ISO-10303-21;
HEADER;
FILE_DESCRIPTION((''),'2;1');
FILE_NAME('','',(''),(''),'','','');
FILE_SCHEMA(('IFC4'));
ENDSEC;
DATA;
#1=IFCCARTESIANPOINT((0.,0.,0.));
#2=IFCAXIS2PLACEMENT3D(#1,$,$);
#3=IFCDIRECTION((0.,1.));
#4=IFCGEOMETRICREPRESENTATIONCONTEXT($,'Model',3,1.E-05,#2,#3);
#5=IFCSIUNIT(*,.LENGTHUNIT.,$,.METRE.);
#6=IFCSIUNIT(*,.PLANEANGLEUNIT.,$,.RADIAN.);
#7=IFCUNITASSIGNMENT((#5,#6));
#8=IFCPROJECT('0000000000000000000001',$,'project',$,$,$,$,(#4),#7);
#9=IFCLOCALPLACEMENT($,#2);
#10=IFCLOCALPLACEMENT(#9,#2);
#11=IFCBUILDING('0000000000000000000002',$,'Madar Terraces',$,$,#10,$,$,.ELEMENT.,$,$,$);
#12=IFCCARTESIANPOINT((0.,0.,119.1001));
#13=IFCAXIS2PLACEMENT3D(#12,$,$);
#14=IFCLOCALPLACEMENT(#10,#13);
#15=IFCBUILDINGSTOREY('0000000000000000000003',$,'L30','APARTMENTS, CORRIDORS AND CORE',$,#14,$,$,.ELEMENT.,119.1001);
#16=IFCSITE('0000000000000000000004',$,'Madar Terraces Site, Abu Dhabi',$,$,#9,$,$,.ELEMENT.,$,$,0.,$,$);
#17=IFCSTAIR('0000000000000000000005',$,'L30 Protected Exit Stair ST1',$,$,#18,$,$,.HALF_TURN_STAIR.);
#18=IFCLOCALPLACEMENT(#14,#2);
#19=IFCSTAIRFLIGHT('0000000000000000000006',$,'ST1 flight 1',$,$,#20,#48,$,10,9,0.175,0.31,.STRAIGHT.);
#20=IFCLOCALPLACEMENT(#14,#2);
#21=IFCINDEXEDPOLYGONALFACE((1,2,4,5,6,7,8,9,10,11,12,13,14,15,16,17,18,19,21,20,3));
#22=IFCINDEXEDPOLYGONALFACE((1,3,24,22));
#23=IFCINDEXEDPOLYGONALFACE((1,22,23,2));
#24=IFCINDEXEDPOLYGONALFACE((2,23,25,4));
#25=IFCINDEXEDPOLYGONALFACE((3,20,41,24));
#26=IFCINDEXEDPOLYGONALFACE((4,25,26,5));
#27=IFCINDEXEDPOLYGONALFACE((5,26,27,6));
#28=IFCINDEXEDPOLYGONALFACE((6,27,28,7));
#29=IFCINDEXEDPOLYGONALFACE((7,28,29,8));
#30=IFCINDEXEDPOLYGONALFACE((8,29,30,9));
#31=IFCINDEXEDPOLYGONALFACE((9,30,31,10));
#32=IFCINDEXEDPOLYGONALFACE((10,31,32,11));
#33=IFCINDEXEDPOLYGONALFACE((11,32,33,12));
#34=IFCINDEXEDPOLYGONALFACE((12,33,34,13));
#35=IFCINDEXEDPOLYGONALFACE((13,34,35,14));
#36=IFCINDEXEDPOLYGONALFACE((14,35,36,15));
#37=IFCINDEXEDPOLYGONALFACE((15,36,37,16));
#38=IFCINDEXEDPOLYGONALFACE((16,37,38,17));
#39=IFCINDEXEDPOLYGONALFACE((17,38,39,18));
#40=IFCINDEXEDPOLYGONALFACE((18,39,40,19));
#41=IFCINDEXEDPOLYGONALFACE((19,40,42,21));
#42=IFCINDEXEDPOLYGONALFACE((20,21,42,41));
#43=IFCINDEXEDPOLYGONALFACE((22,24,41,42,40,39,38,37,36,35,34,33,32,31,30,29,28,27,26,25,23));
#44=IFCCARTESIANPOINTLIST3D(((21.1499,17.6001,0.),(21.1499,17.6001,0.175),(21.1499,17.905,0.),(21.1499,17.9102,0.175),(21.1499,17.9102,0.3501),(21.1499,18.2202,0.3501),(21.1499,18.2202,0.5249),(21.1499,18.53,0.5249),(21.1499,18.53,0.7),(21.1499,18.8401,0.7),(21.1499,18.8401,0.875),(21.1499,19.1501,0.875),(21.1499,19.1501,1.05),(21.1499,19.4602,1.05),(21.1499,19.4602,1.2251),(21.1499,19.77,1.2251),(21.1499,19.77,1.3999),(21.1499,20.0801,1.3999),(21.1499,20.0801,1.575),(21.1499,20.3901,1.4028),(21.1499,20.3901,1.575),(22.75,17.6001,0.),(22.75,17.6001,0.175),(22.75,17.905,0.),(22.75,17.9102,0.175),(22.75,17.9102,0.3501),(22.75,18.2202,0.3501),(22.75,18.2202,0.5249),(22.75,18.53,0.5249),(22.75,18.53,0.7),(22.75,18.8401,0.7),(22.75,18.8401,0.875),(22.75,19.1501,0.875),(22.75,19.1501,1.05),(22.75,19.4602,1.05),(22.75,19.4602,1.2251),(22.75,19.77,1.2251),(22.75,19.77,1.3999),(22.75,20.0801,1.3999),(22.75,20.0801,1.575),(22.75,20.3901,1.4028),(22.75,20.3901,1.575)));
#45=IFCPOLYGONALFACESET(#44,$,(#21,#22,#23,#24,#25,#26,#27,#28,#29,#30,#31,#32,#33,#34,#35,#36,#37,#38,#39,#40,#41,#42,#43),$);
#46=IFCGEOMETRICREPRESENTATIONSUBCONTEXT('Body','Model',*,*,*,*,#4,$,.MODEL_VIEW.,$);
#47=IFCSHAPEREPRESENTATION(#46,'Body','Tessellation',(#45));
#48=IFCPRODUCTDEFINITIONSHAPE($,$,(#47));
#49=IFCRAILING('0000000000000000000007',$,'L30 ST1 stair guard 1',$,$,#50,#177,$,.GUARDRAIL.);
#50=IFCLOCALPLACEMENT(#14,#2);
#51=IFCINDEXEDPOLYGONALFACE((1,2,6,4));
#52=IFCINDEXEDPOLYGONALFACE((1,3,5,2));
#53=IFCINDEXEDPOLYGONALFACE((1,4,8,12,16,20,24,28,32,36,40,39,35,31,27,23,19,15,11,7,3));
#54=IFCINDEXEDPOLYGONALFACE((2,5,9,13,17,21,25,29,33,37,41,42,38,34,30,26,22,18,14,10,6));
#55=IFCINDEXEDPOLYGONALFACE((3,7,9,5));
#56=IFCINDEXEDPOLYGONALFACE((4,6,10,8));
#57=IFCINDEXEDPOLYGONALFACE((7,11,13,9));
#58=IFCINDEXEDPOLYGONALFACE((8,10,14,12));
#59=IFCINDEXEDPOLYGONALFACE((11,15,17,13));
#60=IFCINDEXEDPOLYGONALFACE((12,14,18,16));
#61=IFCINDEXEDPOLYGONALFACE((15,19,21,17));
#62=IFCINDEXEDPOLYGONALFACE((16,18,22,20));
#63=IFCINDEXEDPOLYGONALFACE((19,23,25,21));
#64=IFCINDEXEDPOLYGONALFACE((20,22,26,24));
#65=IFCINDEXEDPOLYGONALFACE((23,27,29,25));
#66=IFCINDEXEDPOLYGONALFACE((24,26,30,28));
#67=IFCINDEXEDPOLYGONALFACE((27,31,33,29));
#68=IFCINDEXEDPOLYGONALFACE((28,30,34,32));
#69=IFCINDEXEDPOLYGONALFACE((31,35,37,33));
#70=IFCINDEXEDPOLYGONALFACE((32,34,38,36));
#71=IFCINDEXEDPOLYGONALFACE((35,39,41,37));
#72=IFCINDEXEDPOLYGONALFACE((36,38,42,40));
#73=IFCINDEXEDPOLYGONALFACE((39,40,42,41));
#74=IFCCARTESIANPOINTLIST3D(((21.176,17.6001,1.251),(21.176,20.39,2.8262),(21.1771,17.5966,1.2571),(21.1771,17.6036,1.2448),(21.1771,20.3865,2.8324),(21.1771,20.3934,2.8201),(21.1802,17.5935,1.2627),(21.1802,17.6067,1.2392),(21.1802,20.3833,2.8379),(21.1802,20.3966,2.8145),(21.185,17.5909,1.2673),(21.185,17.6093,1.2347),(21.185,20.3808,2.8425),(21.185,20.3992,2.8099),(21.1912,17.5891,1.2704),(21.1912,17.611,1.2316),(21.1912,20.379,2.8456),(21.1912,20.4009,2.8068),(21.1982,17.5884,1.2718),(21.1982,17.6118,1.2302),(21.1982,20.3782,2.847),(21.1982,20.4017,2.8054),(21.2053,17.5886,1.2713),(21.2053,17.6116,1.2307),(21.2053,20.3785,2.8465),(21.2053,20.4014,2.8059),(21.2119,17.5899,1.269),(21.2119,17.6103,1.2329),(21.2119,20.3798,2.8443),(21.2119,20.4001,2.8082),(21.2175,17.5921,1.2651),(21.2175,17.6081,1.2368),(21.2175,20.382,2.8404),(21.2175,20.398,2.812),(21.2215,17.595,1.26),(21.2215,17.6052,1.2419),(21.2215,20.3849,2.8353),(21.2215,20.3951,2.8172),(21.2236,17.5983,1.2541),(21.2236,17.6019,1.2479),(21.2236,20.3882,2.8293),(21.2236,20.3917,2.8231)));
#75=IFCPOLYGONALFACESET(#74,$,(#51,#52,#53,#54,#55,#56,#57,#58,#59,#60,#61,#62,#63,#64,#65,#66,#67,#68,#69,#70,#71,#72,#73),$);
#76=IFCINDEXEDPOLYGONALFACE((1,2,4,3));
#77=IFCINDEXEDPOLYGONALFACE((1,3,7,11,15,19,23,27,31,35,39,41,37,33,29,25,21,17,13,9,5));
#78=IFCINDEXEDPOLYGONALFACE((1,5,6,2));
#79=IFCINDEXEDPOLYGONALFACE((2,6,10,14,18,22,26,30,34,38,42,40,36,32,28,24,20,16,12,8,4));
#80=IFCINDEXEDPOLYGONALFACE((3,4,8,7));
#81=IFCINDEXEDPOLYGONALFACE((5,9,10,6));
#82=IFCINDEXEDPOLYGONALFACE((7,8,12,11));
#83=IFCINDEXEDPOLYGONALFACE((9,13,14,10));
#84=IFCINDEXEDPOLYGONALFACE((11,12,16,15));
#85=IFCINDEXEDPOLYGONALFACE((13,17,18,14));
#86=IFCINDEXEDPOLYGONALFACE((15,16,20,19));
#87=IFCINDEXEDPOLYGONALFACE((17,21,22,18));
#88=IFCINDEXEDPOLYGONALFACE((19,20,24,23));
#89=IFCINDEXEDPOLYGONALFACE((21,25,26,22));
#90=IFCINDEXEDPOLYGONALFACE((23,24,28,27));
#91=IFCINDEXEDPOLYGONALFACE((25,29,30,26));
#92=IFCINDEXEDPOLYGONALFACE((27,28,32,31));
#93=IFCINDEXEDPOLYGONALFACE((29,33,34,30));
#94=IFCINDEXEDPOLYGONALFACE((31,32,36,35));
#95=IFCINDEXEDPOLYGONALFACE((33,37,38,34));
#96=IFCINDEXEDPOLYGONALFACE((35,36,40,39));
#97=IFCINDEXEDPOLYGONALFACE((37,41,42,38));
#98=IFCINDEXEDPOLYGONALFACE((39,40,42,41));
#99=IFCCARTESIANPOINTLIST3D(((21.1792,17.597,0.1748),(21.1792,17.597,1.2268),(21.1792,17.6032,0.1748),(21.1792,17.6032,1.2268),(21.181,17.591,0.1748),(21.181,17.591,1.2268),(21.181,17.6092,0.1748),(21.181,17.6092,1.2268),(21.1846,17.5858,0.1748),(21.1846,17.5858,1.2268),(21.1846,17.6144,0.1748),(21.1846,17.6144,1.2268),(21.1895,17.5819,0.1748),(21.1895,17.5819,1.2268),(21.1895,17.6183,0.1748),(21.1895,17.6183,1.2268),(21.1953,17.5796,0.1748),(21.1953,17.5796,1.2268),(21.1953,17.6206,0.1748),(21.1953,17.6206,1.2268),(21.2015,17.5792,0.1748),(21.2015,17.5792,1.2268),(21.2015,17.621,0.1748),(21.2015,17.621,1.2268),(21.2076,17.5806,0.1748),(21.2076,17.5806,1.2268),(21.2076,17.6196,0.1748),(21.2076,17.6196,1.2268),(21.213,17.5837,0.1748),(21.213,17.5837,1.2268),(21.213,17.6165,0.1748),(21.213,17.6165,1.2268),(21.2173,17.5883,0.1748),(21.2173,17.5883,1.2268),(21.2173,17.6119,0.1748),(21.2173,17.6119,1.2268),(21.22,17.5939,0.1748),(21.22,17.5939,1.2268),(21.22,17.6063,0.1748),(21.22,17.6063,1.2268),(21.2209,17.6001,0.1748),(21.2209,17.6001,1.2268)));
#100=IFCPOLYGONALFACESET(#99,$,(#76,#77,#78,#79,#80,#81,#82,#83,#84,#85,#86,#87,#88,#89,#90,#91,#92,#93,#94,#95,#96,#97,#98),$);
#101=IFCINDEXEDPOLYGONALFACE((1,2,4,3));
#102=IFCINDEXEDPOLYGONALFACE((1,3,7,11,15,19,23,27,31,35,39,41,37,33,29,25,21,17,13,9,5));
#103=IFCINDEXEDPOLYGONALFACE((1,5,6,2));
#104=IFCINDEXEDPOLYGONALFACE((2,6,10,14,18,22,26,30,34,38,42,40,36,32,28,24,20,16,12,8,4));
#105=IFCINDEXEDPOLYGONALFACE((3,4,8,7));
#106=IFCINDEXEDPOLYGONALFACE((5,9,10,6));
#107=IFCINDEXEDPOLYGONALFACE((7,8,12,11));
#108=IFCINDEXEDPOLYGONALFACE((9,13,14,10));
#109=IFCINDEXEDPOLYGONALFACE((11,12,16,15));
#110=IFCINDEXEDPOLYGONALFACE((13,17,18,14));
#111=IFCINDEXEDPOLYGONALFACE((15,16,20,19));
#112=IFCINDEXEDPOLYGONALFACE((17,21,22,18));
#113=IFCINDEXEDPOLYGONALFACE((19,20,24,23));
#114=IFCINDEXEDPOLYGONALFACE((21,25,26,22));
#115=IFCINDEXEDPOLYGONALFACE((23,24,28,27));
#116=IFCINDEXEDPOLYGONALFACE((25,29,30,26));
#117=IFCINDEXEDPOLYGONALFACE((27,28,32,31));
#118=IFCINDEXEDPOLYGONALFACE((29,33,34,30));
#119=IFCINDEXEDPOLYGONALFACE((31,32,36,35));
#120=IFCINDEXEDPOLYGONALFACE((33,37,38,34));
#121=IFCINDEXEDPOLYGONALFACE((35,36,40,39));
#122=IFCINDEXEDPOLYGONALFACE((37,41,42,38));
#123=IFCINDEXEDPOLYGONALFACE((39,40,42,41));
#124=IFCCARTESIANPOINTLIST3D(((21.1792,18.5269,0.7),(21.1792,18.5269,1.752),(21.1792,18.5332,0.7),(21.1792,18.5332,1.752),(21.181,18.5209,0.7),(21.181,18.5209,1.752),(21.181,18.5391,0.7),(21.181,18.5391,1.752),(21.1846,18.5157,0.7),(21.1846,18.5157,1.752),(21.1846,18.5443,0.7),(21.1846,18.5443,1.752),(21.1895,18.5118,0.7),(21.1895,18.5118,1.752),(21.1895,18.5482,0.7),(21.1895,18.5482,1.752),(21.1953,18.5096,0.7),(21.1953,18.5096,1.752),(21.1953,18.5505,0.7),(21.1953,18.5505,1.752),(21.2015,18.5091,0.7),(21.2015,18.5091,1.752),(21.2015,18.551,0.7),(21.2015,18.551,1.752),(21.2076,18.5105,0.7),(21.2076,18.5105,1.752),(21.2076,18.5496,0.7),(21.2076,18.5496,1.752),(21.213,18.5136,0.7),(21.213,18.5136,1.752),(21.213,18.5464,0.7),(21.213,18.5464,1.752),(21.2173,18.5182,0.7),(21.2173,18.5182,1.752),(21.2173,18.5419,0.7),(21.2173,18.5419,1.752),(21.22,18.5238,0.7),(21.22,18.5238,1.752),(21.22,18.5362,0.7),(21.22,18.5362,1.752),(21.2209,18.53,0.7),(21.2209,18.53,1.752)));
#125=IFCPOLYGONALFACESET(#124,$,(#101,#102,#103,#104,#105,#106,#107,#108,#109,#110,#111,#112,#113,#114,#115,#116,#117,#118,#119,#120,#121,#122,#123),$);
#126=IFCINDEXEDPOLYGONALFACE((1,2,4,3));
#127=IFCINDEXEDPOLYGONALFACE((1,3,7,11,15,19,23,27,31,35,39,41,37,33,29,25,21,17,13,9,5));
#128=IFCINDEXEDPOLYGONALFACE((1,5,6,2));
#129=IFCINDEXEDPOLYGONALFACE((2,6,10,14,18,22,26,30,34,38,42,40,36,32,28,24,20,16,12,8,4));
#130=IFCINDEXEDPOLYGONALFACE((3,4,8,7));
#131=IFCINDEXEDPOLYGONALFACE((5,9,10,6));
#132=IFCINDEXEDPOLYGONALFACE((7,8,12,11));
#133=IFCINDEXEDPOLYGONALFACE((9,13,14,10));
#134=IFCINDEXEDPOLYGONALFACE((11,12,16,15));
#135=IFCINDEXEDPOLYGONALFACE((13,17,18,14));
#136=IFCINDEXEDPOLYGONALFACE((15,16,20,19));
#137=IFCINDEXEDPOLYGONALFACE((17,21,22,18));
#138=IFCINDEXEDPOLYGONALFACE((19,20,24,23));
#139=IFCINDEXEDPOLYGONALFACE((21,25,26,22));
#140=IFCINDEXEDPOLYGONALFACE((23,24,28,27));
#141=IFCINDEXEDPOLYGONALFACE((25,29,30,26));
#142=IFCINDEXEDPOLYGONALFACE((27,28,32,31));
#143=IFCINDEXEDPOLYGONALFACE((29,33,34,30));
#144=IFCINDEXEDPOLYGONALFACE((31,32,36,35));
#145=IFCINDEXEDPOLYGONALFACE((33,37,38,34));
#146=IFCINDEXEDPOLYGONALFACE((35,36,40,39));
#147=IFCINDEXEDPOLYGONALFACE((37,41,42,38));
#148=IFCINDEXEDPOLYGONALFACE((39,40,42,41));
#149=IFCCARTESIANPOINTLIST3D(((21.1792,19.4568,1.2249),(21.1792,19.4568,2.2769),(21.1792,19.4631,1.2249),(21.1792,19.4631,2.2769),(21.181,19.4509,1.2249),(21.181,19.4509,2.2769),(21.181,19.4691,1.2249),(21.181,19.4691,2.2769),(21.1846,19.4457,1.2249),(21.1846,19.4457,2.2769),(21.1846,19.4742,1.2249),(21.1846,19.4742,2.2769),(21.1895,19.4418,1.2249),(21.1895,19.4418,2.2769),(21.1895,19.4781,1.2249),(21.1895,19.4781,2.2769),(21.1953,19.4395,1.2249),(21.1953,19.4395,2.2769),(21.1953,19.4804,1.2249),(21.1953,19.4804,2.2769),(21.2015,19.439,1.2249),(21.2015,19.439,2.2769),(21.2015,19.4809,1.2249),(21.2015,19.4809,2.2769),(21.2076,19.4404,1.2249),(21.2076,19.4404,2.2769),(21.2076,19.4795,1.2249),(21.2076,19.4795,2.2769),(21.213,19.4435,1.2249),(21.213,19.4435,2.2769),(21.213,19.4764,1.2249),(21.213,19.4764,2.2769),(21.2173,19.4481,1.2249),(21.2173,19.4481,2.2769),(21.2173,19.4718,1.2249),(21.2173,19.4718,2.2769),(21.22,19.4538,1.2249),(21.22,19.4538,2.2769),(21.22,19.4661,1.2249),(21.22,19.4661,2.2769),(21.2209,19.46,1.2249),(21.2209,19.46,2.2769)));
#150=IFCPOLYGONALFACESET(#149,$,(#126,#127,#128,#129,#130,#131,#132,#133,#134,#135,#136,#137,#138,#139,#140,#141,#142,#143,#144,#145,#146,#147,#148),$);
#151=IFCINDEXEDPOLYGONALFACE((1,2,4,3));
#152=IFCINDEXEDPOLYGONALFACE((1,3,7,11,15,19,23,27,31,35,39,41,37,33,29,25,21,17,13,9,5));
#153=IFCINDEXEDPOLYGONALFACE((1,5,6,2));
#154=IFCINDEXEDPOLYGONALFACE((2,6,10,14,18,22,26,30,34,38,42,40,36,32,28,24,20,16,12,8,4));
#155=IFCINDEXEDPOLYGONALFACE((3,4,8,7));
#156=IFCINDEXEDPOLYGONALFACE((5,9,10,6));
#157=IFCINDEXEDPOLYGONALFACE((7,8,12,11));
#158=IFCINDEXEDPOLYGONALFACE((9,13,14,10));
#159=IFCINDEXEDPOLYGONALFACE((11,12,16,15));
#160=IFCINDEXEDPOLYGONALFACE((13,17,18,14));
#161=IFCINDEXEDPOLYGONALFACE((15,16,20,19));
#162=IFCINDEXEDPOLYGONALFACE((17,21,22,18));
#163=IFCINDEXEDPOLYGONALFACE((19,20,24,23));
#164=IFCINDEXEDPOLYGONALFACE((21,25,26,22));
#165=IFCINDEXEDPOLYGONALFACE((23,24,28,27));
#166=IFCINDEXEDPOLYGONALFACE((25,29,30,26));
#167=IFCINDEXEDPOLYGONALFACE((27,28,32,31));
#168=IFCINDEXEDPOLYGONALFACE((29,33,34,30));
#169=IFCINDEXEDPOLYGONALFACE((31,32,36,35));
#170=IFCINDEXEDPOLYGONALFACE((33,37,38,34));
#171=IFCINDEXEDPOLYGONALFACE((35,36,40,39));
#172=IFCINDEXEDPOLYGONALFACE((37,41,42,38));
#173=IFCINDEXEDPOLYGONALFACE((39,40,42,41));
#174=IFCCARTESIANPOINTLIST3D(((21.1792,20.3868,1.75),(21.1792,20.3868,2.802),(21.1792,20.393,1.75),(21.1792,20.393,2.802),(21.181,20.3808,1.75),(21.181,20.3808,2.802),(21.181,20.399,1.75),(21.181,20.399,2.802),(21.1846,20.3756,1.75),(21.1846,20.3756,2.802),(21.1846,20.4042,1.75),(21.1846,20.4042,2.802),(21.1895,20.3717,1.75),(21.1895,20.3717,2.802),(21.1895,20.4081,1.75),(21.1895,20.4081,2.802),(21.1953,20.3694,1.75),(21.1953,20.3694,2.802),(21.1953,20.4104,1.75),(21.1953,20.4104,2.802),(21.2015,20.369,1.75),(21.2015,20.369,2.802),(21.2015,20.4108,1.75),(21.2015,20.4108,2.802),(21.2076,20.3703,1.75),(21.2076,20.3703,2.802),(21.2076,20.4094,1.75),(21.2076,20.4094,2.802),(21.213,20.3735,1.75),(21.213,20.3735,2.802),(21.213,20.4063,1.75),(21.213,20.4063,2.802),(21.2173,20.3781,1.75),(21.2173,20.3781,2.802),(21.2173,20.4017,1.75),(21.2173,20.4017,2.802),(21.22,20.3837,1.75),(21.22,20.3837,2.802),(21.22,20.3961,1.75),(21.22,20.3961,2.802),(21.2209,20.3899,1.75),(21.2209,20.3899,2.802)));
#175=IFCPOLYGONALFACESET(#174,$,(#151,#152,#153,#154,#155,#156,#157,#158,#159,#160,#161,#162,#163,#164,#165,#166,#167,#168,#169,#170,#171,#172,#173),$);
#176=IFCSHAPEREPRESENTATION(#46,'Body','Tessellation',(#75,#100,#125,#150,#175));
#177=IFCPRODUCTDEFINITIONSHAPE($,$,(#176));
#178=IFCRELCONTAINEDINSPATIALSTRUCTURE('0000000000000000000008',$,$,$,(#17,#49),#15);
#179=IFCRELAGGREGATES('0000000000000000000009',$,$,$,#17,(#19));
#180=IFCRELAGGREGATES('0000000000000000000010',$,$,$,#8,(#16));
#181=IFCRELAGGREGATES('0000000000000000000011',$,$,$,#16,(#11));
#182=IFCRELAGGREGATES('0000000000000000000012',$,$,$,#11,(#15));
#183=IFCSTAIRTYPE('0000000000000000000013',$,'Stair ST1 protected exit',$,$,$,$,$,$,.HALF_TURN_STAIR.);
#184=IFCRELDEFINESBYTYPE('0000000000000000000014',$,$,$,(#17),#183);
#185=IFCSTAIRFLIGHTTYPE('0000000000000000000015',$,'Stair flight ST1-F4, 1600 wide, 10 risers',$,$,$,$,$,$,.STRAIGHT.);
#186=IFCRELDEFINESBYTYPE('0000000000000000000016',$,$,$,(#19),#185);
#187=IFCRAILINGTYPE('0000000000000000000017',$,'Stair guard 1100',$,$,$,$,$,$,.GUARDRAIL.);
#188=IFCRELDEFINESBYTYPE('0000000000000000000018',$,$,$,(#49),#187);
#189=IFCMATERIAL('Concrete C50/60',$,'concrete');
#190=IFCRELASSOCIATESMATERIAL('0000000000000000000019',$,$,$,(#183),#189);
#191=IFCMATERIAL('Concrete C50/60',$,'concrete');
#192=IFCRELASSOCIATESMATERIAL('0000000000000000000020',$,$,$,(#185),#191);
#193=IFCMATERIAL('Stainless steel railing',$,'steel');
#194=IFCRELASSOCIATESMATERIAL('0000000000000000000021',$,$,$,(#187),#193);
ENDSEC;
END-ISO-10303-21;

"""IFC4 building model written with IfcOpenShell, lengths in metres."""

from ifc_helpers import new_model, si_unit, direction, frame, origin, origin_2d, place, context, subcontext, project, spatial, polyline, circle, outline, extrude, material, type_object, element, aggregate, save


model = new_model("IFC4")

# Units and contexts
model_context = context("Model", 3, precision=1e-05, world=origin(), true_north=direction((0.0, 1.0)))
body_context = subcontext(model_context, "Body", "Model", "MODEL_VIEW")
ifc_project = project(units=[si_unit("LENGTHUNIT", "METRE"), si_unit("PLANEANGLEUNIT", "RADIAN")], contexts=[model_context])

# Site, building, storey
site_placement = place(None, origin())
site = spatial("IfcSite", under=ifc_project, at=site_placement, Name="Madar Terraces Site, Abu Dhabi", CompositionType="ELEMENT", RefElevation=0.0)
building_placement = place(site_placement, origin())
building = spatial("IfcBuilding", under=site, at=building_placement, Name="Madar Terraces", CompositionType="ELEMENT")
storey_placement = place(building_placement, frame((0.0, 0.0, 119.1001)))
storey = spatial("IfcBuildingStorey", under=building, at=storey_placement, Name="L30", Description="APARTMENTS, CORRIDORS AND CORE", CompositionType="ELEMENT", Elevation=119.1001)

# Stair, stair flight
ifc_material_1 = material(Name="Concrete C50/60", Category="concrete")
stair_type = type_object("IfcStairType", Name="Stair ST1 protected exit", PredefinedType="HALF_TURN_STAIR", material=ifc_material_1)
stair_placement = place(storey_placement, origin())
stair = element("IfcStair", 1, at=stair_placement, inside=storey, type_object=stair_type, Name="L30 Protected Exit Stair ST1", PredefinedType="HALF_TURN_STAIR")
ifc_material_2 = material(Name="Concrete C50/60", Category="concrete")
stair_flight_type = type_object("IfcStairFlightType", Name="Stair flight ST1-F4, 1600 wide, 10 risers", PredefinedType="STRAIGHT", material=ifc_material_2)
stair_flight_placement = place(storey_placement, frame((21.95, 17.6001, 0.0), z_axis=(0.0, 0.0, 1.0), x_axis=(0.0, 1.0, 0.0)))
stair_flight = element("IfcStairFlight", 2, at=stair_flight_placement, type_object=stair_flight_type, Name="ST1 flight 1", NumberOfRisers=10, NumberOfTreads=9, PredefinedType="STRAIGHT", RiserHeight=0.175, TreadLength=0.31, context=body_context, shape_type="SweptSolid", body=[
    extrude(outline(polyline([(0.0, 0.0), (0.0, 0.175), (0.3101, 0.175), (0.3101, 0.3501), (0.6201, 0.3501), (0.6201, 0.5249), (0.9299, 0.5249), (0.9299, 0.7), (1.24, 0.7), (1.24, 0.875), (1.55, 0.875), (1.55, 1.05), (1.8601, 1.05), (1.8601, 1.2251), (2.1699, 1.2251), (2.1699, 1.3999), (2.48, 1.3999), (2.48, 1.575), (2.79, 1.575), (2.79, 1.75), (2.79, 1.4028), (0.3049, 0.0), (0.0, 0.0)])), frame((0.0, 0.8, 0.0), z_axis=(0.0, -1.0, 0.0), x_axis=(1.0, 0.0, 0.0)), (0.0, 0.0, 1.0), 1.6001),
])
aggregate(stair, [stair_flight])

# Railing
ifc_material_3 = material(Name="Stainless steel railing", Category="steel")
railing_type_1 = type_object("IfcRailingType", Name="Stair guard 1100", PredefinedType="GUARDRAIL", material=ifc_material_3)
railing_1_placement = place(storey_placement, frame((21.2, 17.6001, 0.1748)))
element("IfcRailing", 3, at=railing_1_placement, inside=storey, type_object=railing_type_1, Name="L30 ST1 stair guard 1", PredefinedType="GUARDRAIL", context=body_context, shape_type="SweptSolid", body=[
    extrude(circle(Radius=0.0239, at=origin_2d()), frame((0.0, 0.0, 1.0762), z_axis=(0.0, 0.870783, 0.491668), x_axis=(-1.0, 0.0, 0.0)), (0.0, 0.0, 1.0), 3.2039),
    extrude(circle(Radius=0.021, at=origin_2d()), origin(), (0.0, 0.0, 1.0), 1.052),
    extrude(circle(Radius=0.021, at=origin_2d()), frame((0.0, 0.9299, 0.5251)), (0.0, 0.0, 1.0), 1.052),
    extrude(circle(Radius=0.021, at=origin_2d()), frame((0.0, 1.8599, 1.05)), (0.0, 0.0, 1.0), 1.052),
    extrude(circle(Radius=0.021, at=origin_2d()), frame((0.0, 2.7898, 1.5752)), (0.0, 0.0, 1.0), 1.052),
])

save(model, "model.ifc")
